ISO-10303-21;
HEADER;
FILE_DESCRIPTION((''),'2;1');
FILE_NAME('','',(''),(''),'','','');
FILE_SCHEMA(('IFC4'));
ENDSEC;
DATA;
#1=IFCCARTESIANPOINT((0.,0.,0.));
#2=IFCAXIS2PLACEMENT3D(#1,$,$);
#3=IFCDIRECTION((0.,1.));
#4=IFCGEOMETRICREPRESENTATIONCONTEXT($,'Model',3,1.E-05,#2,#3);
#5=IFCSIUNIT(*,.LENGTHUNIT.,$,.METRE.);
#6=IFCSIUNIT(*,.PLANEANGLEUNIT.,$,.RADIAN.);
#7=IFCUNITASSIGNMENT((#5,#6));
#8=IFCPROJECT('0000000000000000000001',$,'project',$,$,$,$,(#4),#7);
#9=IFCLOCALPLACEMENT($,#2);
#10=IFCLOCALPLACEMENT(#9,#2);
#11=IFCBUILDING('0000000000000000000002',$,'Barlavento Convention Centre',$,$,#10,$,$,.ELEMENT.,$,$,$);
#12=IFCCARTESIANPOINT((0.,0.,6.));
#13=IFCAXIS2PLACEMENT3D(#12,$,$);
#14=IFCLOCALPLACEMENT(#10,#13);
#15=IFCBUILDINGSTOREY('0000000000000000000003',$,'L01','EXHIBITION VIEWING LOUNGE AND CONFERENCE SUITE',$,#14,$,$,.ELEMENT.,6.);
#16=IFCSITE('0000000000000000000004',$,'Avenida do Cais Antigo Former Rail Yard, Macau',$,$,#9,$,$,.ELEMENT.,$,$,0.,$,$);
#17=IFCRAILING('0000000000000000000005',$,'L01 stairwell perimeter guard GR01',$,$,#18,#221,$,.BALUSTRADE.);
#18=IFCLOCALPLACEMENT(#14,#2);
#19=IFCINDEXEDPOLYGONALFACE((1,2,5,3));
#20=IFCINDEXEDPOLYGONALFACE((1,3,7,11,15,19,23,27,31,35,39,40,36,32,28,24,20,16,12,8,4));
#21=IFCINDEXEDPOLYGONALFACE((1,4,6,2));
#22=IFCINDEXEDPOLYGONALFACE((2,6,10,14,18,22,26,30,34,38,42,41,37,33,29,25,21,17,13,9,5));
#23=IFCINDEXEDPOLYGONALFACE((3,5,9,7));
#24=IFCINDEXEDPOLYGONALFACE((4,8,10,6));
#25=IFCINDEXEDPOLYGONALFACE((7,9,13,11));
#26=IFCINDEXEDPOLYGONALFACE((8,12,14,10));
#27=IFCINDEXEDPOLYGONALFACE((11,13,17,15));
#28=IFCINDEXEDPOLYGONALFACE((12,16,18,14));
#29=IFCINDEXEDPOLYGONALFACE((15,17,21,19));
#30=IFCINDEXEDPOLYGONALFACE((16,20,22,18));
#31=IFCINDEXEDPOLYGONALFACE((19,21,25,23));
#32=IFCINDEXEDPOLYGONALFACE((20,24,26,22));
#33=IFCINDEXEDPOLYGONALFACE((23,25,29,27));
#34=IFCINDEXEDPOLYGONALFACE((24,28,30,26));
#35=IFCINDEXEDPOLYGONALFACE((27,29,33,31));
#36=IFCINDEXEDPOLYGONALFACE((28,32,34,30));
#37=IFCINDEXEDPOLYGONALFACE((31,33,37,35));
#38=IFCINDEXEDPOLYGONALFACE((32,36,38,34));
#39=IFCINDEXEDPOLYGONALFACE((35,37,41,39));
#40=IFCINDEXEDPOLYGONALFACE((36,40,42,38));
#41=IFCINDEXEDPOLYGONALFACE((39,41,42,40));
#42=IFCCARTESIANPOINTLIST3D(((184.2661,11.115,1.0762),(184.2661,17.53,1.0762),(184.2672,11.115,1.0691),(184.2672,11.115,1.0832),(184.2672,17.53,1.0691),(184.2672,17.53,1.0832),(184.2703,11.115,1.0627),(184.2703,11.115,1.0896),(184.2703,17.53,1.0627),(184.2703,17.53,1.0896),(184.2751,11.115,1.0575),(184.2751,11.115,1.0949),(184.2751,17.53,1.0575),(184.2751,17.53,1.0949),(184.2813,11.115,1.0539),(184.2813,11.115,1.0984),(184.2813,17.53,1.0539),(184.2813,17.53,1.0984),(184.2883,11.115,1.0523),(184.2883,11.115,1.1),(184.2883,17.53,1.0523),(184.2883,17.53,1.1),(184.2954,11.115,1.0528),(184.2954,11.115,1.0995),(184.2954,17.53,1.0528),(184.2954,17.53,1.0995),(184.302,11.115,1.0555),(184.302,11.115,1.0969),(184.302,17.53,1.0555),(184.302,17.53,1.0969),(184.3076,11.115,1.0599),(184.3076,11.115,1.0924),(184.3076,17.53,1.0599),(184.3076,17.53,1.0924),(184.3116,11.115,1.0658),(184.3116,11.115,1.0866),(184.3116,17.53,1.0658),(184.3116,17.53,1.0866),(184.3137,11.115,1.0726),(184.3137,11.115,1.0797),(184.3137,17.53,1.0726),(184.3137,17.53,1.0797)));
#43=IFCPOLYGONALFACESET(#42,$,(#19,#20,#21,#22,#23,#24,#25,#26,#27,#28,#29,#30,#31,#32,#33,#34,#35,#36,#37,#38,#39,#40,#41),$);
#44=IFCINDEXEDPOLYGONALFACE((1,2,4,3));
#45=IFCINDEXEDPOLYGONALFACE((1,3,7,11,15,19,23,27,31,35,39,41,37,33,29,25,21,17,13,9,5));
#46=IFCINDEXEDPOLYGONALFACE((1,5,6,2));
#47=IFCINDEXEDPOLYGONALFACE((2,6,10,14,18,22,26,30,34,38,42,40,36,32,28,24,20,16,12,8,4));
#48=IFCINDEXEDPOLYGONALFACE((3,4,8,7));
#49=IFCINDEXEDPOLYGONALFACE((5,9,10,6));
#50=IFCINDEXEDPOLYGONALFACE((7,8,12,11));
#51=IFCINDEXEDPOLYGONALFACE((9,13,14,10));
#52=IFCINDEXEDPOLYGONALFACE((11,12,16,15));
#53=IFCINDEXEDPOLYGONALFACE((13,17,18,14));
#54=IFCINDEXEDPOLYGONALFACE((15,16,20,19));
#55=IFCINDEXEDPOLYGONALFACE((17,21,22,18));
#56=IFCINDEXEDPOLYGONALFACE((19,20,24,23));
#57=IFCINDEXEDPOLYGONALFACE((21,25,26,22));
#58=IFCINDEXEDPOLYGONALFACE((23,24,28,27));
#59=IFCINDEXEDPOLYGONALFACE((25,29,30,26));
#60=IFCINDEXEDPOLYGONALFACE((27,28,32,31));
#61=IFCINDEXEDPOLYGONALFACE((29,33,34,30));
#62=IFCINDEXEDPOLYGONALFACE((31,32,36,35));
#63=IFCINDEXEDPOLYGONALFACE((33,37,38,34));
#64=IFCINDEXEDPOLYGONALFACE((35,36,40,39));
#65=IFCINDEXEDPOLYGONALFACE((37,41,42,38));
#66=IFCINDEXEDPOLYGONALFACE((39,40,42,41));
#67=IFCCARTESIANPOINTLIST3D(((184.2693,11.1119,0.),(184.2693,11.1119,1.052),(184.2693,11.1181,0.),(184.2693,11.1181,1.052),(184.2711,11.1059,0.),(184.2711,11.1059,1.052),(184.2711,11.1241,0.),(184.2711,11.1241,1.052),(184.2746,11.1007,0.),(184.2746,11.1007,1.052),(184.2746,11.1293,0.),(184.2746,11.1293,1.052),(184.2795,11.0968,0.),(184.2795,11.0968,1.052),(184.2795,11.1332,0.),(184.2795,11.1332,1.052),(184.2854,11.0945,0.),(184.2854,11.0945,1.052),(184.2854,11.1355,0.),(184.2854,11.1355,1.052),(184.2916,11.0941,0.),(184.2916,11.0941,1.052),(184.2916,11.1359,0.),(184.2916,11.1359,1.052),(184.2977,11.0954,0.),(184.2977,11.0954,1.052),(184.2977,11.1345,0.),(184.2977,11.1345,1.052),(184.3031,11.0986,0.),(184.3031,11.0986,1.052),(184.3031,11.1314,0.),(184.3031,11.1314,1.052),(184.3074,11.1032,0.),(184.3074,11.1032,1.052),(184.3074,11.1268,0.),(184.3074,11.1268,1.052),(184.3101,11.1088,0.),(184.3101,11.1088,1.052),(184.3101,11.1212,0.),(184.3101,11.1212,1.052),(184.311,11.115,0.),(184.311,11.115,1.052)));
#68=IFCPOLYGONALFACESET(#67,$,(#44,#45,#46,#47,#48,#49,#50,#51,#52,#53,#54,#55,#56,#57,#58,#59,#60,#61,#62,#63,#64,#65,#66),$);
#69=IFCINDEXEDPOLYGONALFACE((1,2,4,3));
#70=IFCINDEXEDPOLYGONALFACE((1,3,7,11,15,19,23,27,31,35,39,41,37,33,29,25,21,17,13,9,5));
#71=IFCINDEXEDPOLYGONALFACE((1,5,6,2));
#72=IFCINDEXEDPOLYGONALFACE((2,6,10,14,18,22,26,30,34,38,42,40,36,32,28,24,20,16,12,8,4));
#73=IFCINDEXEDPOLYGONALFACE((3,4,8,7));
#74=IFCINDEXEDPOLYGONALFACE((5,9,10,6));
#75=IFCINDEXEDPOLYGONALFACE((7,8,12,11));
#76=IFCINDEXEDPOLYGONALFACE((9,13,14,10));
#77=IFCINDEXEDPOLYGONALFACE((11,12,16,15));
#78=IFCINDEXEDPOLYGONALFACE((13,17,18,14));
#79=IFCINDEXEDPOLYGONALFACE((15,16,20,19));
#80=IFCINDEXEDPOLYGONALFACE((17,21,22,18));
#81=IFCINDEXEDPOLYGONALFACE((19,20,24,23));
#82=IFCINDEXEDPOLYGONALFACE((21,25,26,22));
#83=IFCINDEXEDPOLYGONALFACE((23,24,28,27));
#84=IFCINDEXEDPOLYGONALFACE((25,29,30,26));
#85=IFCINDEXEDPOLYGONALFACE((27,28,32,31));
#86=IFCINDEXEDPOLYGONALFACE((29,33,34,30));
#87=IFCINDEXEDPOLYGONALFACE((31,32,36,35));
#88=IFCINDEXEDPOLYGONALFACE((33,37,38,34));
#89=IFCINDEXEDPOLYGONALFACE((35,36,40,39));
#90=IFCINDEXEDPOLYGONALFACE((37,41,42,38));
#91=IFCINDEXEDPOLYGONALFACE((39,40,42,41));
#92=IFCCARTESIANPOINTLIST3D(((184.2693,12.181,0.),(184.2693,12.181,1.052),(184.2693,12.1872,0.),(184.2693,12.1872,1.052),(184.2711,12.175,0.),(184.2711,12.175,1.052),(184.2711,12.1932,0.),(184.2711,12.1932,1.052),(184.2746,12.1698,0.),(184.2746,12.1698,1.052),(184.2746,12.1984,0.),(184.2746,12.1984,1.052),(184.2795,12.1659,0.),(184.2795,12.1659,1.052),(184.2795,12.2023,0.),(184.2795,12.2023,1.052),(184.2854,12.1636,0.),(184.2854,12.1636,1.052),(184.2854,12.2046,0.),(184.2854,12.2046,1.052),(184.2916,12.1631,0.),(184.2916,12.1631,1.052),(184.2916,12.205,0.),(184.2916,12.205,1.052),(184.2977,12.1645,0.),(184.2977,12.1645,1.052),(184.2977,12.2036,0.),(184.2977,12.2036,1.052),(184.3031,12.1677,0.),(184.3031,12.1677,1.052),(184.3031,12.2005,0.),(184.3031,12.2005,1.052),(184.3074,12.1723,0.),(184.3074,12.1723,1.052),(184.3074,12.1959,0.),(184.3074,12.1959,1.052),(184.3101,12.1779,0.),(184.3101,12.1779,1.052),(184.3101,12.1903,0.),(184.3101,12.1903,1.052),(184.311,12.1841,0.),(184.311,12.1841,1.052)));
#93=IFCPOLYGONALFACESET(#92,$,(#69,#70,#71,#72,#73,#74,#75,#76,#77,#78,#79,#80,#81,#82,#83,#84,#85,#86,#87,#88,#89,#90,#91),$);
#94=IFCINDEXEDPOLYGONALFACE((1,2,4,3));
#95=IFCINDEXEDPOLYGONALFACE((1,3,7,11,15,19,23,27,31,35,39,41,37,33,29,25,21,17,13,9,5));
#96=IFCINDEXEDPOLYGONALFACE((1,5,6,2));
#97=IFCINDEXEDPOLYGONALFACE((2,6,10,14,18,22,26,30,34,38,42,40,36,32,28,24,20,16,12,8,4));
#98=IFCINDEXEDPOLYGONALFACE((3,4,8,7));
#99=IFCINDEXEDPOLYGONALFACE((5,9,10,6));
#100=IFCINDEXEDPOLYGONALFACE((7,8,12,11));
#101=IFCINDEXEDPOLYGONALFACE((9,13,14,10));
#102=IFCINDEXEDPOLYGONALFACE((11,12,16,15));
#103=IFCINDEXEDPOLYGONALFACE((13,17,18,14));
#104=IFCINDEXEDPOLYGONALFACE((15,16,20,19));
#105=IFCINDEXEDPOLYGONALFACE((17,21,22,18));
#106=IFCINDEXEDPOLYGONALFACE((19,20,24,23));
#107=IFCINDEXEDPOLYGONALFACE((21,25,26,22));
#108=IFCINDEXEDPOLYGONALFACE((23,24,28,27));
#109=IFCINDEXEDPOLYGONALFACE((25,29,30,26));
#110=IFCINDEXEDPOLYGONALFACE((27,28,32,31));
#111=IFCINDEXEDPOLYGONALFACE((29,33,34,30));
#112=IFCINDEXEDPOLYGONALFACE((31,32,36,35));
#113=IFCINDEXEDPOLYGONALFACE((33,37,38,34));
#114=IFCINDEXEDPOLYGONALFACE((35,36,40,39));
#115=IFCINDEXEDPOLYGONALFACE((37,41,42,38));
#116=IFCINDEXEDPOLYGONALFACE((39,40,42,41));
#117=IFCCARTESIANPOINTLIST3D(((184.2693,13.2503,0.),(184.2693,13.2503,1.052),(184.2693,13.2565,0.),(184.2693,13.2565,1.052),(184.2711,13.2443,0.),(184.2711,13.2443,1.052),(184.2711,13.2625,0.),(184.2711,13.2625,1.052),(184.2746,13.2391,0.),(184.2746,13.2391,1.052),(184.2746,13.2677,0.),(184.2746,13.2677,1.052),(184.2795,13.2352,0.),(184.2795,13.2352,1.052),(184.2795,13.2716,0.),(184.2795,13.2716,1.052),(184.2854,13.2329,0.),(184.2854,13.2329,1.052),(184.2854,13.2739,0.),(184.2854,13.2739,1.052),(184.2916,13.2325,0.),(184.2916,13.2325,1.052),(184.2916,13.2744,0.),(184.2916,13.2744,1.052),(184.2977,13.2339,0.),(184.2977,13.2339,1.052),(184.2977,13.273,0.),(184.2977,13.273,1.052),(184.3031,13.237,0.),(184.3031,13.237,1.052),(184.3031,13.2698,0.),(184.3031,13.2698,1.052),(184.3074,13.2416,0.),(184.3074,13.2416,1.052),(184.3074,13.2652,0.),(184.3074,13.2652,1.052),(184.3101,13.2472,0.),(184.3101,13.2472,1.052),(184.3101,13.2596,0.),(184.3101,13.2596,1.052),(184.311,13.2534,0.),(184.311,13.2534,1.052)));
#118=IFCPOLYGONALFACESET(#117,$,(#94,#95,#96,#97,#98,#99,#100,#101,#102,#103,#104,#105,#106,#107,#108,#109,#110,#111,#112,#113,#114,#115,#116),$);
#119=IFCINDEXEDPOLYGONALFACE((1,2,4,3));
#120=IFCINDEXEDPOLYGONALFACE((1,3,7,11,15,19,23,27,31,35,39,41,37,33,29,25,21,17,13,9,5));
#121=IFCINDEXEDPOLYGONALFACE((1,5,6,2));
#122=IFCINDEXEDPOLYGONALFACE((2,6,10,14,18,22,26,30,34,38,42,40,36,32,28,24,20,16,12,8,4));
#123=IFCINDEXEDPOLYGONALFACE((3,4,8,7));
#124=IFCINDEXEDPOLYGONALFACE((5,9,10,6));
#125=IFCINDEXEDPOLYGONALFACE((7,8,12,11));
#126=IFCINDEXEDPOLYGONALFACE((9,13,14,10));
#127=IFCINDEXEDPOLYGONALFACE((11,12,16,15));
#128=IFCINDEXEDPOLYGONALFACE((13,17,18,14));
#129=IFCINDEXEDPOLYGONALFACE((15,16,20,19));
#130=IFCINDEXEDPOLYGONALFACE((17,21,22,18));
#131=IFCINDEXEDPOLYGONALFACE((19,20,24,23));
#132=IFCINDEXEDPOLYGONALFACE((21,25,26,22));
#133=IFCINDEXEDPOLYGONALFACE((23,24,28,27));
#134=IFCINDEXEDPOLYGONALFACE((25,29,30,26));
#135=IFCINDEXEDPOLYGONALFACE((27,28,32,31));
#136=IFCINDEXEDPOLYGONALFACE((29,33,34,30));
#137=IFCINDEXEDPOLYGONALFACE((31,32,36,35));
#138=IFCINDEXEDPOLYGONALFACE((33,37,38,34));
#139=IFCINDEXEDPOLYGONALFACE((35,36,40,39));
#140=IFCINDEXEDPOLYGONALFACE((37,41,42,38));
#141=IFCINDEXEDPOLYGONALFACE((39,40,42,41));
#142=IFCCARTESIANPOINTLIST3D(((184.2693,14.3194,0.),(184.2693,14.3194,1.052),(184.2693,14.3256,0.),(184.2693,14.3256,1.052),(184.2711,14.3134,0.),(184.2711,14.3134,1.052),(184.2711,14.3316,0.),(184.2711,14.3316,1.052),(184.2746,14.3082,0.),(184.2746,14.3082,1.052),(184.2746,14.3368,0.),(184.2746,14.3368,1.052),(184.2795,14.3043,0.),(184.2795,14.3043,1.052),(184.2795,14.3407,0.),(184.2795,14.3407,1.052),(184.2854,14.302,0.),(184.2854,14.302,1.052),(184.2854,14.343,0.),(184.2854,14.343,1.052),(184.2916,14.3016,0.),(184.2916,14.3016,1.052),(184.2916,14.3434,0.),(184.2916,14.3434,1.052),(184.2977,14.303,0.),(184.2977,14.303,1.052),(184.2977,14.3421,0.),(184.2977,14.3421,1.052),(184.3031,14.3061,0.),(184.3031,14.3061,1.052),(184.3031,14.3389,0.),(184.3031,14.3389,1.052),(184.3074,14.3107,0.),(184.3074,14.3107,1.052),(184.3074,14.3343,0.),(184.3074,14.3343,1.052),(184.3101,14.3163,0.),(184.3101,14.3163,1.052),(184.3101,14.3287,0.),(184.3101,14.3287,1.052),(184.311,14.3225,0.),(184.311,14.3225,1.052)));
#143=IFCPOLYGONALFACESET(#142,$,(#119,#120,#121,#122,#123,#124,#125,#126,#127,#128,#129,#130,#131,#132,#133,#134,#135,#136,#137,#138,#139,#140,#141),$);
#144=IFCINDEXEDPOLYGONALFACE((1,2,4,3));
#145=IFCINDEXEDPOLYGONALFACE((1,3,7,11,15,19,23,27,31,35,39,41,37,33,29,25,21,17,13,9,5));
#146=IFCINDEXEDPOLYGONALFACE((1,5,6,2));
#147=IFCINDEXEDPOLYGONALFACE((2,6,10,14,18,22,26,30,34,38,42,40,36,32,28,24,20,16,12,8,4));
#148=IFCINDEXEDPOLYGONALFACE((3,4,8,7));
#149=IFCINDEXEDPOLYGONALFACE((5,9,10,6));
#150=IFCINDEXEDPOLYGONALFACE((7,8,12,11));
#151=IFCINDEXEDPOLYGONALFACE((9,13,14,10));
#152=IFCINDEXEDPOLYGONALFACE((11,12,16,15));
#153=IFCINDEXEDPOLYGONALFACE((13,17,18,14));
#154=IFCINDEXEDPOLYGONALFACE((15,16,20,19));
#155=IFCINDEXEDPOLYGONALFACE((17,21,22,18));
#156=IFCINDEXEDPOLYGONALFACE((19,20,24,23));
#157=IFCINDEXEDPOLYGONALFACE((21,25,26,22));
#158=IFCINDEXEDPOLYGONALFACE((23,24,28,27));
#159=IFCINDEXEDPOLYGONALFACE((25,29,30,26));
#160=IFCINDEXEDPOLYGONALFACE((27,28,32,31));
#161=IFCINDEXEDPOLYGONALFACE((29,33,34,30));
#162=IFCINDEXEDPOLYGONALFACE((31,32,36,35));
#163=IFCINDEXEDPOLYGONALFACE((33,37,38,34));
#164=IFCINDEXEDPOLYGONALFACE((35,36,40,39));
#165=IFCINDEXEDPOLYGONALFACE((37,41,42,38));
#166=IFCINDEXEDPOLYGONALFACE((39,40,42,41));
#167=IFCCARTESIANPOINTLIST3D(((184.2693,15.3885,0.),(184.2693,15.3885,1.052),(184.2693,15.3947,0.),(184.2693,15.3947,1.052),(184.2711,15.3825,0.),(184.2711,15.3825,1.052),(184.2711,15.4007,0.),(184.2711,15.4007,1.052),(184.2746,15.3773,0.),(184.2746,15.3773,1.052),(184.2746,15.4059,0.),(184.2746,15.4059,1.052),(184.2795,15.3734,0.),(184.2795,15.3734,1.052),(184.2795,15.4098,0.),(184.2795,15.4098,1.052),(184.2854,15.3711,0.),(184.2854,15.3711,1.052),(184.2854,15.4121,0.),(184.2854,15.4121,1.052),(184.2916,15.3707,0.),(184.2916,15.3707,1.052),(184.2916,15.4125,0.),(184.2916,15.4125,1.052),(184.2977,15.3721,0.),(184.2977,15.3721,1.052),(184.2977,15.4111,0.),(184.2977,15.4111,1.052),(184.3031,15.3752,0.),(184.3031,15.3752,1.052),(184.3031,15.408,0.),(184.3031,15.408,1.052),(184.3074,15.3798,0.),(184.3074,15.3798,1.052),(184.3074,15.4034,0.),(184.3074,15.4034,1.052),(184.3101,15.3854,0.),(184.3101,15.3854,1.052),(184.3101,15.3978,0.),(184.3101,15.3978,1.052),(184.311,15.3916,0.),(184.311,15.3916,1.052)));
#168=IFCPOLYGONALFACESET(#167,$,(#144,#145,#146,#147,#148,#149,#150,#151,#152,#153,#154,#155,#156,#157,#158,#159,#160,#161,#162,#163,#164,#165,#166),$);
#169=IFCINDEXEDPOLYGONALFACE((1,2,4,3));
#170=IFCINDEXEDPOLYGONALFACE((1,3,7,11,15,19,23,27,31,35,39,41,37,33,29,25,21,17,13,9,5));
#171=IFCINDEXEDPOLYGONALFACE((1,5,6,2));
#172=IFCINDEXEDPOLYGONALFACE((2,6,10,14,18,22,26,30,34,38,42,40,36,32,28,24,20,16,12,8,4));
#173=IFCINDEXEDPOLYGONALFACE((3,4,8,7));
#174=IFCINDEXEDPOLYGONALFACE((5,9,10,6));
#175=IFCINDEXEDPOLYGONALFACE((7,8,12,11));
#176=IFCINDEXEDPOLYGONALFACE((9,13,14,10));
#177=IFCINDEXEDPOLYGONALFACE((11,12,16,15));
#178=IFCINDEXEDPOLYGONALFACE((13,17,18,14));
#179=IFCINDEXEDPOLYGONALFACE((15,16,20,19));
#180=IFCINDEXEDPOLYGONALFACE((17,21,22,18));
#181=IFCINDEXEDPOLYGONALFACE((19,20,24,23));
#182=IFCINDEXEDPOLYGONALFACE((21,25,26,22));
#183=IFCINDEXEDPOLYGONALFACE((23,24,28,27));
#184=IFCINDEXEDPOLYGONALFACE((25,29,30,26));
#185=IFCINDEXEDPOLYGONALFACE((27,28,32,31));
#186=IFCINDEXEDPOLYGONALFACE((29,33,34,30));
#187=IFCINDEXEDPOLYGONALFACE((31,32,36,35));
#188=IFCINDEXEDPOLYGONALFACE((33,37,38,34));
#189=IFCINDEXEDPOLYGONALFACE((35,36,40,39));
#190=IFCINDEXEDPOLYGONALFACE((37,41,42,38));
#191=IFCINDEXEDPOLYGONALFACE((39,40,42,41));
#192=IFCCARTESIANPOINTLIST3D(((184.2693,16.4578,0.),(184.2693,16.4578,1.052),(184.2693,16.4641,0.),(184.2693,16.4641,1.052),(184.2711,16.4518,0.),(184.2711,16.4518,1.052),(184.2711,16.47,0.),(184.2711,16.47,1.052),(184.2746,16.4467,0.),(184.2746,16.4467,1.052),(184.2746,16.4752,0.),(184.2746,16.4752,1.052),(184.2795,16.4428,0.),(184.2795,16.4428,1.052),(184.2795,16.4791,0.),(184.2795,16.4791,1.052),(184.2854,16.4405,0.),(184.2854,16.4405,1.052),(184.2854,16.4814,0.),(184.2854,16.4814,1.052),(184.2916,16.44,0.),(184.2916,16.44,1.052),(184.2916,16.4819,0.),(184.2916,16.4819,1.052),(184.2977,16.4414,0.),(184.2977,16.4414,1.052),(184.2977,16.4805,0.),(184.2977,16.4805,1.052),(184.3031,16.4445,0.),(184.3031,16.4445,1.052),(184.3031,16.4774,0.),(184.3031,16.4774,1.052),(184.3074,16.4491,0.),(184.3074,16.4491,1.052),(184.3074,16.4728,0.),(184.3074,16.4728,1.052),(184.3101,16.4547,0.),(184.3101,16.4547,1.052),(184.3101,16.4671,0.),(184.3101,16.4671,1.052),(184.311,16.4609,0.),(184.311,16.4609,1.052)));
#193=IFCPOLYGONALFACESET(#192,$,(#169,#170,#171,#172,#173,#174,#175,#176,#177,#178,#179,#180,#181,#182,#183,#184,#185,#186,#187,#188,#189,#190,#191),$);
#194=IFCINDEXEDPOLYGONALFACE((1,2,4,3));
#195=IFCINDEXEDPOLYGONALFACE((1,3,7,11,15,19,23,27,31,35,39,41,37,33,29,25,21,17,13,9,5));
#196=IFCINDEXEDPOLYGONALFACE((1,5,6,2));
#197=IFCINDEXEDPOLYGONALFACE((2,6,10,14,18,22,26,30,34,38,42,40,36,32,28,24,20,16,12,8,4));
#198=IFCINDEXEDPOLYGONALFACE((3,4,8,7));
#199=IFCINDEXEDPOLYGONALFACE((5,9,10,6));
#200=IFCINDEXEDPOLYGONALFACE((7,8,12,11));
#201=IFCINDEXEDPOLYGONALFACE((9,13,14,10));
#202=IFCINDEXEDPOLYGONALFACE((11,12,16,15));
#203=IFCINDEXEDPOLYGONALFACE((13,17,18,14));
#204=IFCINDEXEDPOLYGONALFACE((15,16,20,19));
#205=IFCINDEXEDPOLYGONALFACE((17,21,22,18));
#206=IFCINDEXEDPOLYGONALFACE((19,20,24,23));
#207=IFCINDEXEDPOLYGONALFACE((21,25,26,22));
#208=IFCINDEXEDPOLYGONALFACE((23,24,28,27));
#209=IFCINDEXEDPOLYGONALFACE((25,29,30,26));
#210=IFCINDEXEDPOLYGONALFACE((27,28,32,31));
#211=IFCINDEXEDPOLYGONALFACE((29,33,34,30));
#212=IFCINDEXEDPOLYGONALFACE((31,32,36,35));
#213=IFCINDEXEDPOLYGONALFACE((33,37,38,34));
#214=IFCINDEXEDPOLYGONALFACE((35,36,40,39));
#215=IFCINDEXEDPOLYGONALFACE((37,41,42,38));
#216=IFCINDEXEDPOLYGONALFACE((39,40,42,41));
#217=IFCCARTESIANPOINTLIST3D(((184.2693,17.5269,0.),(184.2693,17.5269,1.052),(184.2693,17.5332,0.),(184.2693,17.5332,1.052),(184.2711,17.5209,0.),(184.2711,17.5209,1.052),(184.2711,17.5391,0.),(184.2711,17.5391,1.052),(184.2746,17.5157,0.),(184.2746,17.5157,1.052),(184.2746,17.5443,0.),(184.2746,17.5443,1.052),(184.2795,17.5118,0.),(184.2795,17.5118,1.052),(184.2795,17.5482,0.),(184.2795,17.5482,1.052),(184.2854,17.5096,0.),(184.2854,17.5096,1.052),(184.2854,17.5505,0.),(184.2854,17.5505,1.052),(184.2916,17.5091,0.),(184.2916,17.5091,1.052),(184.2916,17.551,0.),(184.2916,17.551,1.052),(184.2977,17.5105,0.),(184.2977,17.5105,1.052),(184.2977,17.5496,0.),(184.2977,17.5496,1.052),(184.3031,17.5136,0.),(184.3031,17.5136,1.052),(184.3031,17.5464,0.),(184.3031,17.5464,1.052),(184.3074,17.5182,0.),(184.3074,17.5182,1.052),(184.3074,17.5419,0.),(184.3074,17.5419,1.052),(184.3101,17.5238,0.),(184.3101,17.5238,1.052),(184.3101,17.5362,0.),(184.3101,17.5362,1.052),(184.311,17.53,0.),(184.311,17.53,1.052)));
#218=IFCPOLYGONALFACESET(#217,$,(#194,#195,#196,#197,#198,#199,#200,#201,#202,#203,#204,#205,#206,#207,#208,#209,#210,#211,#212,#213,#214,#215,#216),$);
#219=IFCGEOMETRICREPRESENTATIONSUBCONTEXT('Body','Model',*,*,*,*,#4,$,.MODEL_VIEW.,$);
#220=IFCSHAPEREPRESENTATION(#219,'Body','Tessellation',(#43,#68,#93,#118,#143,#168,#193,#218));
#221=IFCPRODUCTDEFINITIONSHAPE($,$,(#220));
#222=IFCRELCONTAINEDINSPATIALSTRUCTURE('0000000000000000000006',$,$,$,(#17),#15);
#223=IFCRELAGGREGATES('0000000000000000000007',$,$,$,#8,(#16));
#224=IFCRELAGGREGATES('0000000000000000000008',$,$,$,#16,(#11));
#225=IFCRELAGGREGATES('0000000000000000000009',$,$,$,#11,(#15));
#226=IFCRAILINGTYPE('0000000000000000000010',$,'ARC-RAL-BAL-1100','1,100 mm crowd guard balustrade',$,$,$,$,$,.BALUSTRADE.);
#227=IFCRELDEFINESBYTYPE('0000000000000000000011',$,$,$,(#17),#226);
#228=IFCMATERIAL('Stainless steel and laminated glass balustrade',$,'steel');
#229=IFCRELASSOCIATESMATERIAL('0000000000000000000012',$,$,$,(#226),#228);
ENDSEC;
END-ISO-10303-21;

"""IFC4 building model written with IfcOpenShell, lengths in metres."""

from ifc_helpers import new_model, si_unit, direction, frame, origin, origin_2d, place, context, subcontext, project, spatial, circle, extrude, material, type_object, element, save


model = new_model("IFC4")

# Units and contexts
model_context = context("Model", 3, precision=1e-05, world=origin(), true_north=direction((0.0, 1.0)))
body_context = subcontext(model_context, "Body", "Model", "MODEL_VIEW")
ifc_project = project(units=[si_unit("LENGTHUNIT", "METRE"), si_unit("PLANEANGLEUNIT", "RADIAN")], contexts=[model_context])

# Site, building, storey
site_placement = place(None, origin())
site = spatial("IfcSite", under=ifc_project, at=site_placement, Name="Avenida do Cais Antigo Former Rail Yard, Macau", CompositionType="ELEMENT", RefElevation=0.0)
building_placement = place(site_placement, origin())
building = spatial("IfcBuilding", under=site, at=building_placement, Name="Barlavento Convention Centre", CompositionType="ELEMENT")
storey_placement = place(building_placement, frame((0.0, 0.0, 6.0)))
storey = spatial("IfcBuildingStorey", under=building, at=storey_placement, Name="L01", Description="EXHIBITION VIEWING LOUNGE AND CONFERENCE SUITE", CompositionType="ELEMENT", Elevation=6.0)

# Railing
ifc_material_1 = material(Name="Stainless steel and laminated glass balustrade", Category="steel")
railing_type_1 = type_object("IfcRailingType", Name="ARC-RAL-BAL-1100", Description="1,100 mm crowd guard balustrade", PredefinedType="BALUSTRADE", material=ifc_material_1)
railing_1_placement = place(storey_placement, frame((184.29, 11.115, 0.0)))
element("IfcRailing", 1, at=railing_1_placement, inside=storey, type_object=railing_type_1, Name="L01 stairwell perimeter guard GR01", PredefinedType="BALUSTRADE", context=body_context, shape_type="SweptSolid", body=[
    extrude(circle(Radius=0.0239, at=origin_2d()), frame((0.0, 0.0, 1.0762), z_axis=(0.0, 1.0, 0.0), x_axis=(-1.0, 0.0, 0.0)), (0.0, 0.0, 1.0), 6.415),
    extrude(circle(Radius=0.021, at=origin_2d()), origin(), (0.0, 0.0, 1.0), 1.052),
    extrude(circle(Radius=0.021, at=origin_2d()), frame((0.0, 1.0691, 0.0)), (0.0, 0.0, 1.0), 1.052),
    extrude(circle(Radius=0.021, at=origin_2d()), frame((0.0, 2.1384, 0.0)), (0.0, 0.0, 1.0), 1.052),
    extrude(circle(Radius=0.021, at=origin_2d()), frame((0.0, 3.2075, 0.0)), (0.0, 0.0, 1.0), 1.052),
    extrude(circle(Radius=0.021, at=origin_2d()), frame((0.0, 4.2766, 0.0)), (0.0, 0.0, 1.0), 1.052),
    extrude(circle(Radius=0.021, at=origin_2d()), frame((0.0, 5.3459, 0.0)), (0.0, 0.0, 1.0), 1.052),
    extrude(circle(Radius=0.021, at=origin_2d()), frame((0.0, 6.415, 0.0)), (0.0, 0.0, 1.0), 1.052),
])

save(model, "model.ifc")
